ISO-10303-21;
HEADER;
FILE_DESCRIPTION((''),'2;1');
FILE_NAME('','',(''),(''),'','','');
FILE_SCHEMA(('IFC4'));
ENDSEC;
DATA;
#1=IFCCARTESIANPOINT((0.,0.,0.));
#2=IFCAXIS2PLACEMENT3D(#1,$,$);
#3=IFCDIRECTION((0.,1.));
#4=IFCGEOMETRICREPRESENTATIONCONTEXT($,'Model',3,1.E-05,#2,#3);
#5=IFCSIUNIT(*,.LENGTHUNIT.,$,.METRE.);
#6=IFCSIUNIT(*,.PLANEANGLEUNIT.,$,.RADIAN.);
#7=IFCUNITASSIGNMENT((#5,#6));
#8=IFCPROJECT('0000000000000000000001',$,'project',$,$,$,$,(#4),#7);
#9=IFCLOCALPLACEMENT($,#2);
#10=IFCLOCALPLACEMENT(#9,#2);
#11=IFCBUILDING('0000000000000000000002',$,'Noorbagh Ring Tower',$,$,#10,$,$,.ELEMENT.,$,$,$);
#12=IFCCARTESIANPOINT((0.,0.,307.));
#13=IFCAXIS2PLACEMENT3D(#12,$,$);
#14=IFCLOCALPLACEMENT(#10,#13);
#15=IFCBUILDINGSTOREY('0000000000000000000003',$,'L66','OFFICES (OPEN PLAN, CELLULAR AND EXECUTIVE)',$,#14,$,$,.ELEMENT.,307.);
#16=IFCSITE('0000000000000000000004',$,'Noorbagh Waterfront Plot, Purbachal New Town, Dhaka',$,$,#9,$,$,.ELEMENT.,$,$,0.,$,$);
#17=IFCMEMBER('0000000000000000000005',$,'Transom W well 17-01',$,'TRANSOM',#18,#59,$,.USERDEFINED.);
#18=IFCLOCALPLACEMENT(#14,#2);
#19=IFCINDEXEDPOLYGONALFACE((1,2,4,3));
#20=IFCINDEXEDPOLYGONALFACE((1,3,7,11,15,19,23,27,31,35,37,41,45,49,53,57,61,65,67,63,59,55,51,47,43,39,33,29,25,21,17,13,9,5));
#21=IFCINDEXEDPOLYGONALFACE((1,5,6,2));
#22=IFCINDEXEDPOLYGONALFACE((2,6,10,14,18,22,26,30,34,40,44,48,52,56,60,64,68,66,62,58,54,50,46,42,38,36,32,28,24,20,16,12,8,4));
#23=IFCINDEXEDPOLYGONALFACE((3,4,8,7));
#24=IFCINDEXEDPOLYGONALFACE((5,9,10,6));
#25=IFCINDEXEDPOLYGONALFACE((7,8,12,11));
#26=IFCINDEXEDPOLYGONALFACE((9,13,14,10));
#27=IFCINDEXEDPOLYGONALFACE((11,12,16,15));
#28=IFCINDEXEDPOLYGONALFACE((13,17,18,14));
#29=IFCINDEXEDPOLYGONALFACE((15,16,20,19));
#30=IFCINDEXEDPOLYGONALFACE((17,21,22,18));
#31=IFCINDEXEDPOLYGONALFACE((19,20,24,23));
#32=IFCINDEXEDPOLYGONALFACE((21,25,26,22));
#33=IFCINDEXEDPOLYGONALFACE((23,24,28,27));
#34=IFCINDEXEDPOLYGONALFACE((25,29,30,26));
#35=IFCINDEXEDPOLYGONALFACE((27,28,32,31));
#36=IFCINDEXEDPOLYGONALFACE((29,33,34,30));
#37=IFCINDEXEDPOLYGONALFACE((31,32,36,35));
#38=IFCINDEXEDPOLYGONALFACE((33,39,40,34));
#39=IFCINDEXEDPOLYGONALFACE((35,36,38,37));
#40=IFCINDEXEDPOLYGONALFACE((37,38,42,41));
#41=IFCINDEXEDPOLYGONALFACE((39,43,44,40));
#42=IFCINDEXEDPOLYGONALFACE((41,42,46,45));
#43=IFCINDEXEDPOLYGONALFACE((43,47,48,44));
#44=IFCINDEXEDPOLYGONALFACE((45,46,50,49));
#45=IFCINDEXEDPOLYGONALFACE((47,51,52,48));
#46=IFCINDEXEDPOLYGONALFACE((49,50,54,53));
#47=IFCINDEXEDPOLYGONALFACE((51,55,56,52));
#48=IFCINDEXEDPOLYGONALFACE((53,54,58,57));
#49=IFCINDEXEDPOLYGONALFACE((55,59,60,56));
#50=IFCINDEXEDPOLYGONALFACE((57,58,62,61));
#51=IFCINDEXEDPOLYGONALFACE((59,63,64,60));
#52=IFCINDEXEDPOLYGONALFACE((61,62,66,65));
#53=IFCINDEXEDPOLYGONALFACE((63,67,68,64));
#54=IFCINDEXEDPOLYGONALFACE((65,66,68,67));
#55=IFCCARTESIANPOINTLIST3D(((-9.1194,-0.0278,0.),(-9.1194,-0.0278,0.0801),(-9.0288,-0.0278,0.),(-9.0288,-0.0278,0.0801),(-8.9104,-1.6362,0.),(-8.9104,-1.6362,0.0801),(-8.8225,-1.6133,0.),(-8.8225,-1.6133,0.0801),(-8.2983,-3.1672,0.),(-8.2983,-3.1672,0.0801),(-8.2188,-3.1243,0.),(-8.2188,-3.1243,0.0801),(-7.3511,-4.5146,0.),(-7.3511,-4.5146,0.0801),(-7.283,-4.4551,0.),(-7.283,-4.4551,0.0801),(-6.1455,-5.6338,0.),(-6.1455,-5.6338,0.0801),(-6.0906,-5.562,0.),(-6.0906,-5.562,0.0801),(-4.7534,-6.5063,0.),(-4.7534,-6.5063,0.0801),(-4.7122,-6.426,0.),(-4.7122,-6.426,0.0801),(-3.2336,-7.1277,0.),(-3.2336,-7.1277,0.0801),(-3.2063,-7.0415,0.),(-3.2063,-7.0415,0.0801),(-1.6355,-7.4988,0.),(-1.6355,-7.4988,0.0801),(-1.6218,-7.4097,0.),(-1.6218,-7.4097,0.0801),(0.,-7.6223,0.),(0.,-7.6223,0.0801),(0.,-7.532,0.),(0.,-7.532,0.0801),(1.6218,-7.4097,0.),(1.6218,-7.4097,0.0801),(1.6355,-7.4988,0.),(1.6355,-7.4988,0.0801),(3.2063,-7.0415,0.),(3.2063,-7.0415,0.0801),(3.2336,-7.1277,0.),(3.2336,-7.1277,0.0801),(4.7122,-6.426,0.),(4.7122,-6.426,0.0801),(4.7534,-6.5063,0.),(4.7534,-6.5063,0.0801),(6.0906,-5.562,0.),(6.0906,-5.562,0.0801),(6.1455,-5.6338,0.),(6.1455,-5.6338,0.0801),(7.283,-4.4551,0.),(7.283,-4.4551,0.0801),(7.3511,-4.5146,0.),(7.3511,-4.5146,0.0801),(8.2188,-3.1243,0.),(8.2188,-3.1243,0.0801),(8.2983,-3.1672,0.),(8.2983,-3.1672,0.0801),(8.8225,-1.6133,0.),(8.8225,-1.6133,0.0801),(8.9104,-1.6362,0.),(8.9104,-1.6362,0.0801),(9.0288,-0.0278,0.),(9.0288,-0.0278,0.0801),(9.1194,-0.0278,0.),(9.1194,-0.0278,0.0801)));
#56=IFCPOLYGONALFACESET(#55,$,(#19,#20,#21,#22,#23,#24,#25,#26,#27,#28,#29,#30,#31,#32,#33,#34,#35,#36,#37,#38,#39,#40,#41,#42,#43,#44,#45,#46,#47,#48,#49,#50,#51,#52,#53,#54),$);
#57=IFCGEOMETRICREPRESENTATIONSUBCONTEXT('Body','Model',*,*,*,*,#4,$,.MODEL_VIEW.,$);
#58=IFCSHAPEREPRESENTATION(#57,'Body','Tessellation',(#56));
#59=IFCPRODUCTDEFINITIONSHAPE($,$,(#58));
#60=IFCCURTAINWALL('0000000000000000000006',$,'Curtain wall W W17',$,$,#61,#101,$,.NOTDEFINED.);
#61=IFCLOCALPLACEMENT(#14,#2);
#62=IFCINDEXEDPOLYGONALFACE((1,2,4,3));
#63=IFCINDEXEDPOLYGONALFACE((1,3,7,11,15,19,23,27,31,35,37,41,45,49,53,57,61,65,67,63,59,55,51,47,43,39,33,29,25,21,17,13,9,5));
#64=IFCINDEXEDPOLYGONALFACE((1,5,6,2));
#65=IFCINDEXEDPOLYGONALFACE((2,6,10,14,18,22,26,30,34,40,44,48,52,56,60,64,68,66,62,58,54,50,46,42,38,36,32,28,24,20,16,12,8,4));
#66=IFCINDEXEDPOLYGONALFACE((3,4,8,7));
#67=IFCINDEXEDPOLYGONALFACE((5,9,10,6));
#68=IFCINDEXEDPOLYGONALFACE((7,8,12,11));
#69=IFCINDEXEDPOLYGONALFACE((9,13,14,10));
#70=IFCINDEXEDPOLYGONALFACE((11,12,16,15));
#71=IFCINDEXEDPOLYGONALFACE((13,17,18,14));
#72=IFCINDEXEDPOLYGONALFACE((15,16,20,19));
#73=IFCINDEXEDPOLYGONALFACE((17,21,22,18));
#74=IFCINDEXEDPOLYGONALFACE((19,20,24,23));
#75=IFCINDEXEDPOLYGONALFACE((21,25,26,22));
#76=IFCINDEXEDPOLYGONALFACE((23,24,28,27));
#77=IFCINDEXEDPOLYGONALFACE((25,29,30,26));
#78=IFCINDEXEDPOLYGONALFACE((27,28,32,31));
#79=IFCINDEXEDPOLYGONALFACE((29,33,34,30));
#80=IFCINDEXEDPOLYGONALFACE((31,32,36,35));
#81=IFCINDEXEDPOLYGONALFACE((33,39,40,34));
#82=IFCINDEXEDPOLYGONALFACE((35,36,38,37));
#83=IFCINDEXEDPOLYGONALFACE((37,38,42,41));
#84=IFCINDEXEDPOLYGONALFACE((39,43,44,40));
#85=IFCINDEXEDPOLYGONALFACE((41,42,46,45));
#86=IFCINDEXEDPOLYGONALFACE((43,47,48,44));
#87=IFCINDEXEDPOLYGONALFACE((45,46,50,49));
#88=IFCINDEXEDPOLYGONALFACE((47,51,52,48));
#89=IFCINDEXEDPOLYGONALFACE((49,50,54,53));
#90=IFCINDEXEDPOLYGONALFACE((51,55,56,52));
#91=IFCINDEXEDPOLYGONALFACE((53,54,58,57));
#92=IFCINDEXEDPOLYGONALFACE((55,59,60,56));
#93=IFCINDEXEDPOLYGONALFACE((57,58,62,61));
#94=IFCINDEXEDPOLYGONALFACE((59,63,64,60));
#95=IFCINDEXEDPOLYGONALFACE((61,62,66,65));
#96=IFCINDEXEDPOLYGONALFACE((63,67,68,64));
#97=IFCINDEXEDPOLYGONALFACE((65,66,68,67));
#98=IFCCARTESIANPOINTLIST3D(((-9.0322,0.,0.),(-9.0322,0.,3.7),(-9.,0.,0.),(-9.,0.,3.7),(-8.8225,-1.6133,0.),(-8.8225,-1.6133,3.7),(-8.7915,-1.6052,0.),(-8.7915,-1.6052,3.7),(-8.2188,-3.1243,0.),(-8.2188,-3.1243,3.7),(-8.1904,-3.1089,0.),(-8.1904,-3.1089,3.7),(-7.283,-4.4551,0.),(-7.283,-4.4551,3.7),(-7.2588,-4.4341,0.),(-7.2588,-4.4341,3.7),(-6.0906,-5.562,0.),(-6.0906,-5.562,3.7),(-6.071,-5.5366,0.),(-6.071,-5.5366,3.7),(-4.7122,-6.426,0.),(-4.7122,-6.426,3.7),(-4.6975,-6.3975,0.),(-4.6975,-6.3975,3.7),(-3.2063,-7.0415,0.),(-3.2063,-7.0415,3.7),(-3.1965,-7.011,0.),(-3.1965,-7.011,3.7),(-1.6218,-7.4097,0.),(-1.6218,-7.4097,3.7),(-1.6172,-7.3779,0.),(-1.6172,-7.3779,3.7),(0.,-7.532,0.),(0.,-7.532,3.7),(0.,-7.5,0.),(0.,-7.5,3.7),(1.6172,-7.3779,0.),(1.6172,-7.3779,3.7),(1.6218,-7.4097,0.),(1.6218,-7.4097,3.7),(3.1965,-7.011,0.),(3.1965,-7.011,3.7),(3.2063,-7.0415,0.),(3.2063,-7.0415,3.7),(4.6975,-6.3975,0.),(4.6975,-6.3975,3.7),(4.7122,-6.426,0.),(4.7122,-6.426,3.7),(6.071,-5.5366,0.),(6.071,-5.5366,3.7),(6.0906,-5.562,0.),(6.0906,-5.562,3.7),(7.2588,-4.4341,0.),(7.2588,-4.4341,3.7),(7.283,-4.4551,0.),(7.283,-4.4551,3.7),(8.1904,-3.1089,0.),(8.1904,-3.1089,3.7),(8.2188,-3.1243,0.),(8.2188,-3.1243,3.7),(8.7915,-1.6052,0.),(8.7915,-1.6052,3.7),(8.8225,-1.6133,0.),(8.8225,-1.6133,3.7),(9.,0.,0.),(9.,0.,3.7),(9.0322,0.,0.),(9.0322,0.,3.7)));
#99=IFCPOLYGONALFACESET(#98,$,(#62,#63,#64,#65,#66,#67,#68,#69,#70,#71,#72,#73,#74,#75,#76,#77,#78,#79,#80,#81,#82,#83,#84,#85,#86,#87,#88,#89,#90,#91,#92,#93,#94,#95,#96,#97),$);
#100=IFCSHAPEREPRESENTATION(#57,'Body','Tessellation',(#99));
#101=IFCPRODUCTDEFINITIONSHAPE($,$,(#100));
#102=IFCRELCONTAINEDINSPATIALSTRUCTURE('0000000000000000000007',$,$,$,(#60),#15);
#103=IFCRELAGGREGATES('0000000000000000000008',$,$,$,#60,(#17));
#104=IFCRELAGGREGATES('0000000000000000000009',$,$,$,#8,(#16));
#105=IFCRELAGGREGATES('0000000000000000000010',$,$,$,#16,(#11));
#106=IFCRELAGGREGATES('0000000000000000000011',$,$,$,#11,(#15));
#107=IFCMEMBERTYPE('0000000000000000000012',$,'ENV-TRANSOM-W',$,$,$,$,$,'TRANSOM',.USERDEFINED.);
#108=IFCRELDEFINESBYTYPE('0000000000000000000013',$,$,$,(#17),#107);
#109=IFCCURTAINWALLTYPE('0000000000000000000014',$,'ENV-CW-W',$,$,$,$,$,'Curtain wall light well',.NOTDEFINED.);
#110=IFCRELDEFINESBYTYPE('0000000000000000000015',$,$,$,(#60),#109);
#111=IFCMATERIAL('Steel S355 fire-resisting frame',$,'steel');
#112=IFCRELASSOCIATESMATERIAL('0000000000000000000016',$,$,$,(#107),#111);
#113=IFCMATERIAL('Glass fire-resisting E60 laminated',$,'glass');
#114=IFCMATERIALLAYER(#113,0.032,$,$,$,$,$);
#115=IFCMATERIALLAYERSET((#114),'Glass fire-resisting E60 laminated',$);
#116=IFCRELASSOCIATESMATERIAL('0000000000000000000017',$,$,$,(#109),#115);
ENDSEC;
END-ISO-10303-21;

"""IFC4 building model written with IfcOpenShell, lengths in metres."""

from ifc_helpers import new_model, si_unit, direction, frame, origin, place, context, subcontext, project, spatial, polyline, outline, extrude, material, layer, layer_set, type_object, element, aggregate, save


model = new_model("IFC4")

# Units and contexts
model_context = context("Model", 3, precision=1e-05, world=origin(), true_north=direction((0.0, 1.0)))
body_context = subcontext(model_context, "Body", "Model", "MODEL_VIEW")
ifc_project = project(units=[si_unit("LENGTHUNIT", "METRE"), si_unit("PLANEANGLEUNIT", "RADIAN")], contexts=[model_context])

# Member
site_placement = place(None, origin())
building_placement = place(site_placement, origin())
storey_placement = place(building_placement, frame((0.0, 0.0, 307.0)))
ifc_material_1 = material(Name="Steel S355 fire-resisting frame", Category="steel")
member_type_1 = type_object("IfcMemberType", Name="ENV-TRANSOM-W", ElementType="TRANSOM", PredefinedType="USERDEFINED", material=ifc_material_1)
member_1_placement = place(storey_placement, origin())
member_1 = element("IfcMember", 1, at=member_1_placement, type_object=member_type_1, Name="Transom W well 17-01", ObjectType="TRANSOM", PredefinedType="USERDEFINED", context=body_context, shape_type="SweptSolid", body=[
    extrude(outline(polyline([(-9.1194, -0.0278), (-8.9104, -1.6362), (-8.2983, -3.1672), (-7.3511, -4.5146), (-6.1455, -5.6338), (-4.7534, -6.5063), (-3.2336, -7.1277), (-1.6355, -7.4988), (0.0, -7.6223), (1.6355, -7.4988), (3.2336, -7.1277), (4.7534, -6.5063), (6.1455, -5.6338), (7.3511, -4.5146), (8.2983, -3.1672), (8.9104, -1.6362), (9.1194, -0.0278), (9.0288, -0.0278), (8.8225, -1.6133), (8.2188, -3.1243), (7.283, -4.4551), (6.0906, -5.562), (4.7122, -6.426), (3.2063, -7.0415), (1.6218, -7.4097), (0.0, -7.532), (-1.6218, -7.4097), (-3.2063, -7.0415), (-4.7122, -6.426), (-6.0906, -5.562), (-7.283, -4.4551), (-8.2188, -3.1243), (-8.8225, -1.6133), (-9.0288, -0.0278), (-9.1194, -0.0278)])), origin(), (0.0, 0.0, 1.0), 0.0801),
])

# Site, building, storey
site = spatial("IfcSite", under=ifc_project, at=site_placement, Name="Noorbagh Waterfront Plot, Purbachal New Town, Dhaka", CompositionType="ELEMENT", RefElevation=0.0)
building = spatial("IfcBuilding", under=site, at=building_placement, Name="Noorbagh Ring Tower", CompositionType="ELEMENT")
storey = spatial("IfcBuildingStorey", under=building, at=storey_placement, Name="L66", Description="OFFICES (OPEN PLAN, CELLULAR AND EXECUTIVE)", CompositionType="ELEMENT", Elevation=307.0)

# Curtain wall
ifc_material_2 = material(Name="Glass fire-resisting E60 laminated", Category="glass")
ifc_layer_1 = layer(ifc_material_2, 0.032)
ifc_layer_set_1 = layer_set([ifc_layer_1], Name="Glass fire-resisting E60 laminated")
curtain_wall_type_1 = type_object("IfcCurtainWallType", Name="ENV-CW-W", ElementType="Curtain wall light well", PredefinedType="NOTDEFINED", material=ifc_layer_set_1)
curtain_wall_1_placement = place(storey_placement, origin())
curtain_wall_1 = element("IfcCurtainWall", 2, at=curtain_wall_1_placement, inside=storey, type_object=curtain_wall_type_1, Name="Curtain wall W W17", PredefinedType="NOTDEFINED", context=body_context, shape_type="SweptSolid", body=[
    extrude(outline(polyline([(-9.0322, 0.0), (-8.8225, -1.6133), (-8.2188, -3.1243), (-7.283, -4.4551), (-6.0906, -5.562), (-4.7122, -6.426), (-3.2063, -7.0415), (-1.6218, -7.4097), (0.0, -7.532), (1.6218, -7.4097), (3.2063, -7.0415), (4.7122, -6.426), (6.0906, -5.562), (7.283, -4.4551), (8.2188, -3.1243), (8.8225, -1.6133), (9.0322, 0.0), (9.0, 0.0), (8.7915, -1.6052), (8.1904, -3.1089), (7.2588, -4.4341), (6.071, -5.5366), (4.6975, -6.3975), (3.1965, -7.011), (1.6172, -7.3779), (0.0, -7.5), (-1.6172, -7.3779), (-3.1965, -7.011), (-4.6975, -6.3975), (-6.071, -5.5366), (-7.2588, -4.4341), (-8.1904, -3.1089), (-8.7915, -1.6052), (-9.0, 0.0), (-9.0322, 0.0)])), origin(), (0.0, 0.0, 1.0), 3.7),
])
aggregate(curtain_wall_1, [member_1])

save(model, "model.ifc")
